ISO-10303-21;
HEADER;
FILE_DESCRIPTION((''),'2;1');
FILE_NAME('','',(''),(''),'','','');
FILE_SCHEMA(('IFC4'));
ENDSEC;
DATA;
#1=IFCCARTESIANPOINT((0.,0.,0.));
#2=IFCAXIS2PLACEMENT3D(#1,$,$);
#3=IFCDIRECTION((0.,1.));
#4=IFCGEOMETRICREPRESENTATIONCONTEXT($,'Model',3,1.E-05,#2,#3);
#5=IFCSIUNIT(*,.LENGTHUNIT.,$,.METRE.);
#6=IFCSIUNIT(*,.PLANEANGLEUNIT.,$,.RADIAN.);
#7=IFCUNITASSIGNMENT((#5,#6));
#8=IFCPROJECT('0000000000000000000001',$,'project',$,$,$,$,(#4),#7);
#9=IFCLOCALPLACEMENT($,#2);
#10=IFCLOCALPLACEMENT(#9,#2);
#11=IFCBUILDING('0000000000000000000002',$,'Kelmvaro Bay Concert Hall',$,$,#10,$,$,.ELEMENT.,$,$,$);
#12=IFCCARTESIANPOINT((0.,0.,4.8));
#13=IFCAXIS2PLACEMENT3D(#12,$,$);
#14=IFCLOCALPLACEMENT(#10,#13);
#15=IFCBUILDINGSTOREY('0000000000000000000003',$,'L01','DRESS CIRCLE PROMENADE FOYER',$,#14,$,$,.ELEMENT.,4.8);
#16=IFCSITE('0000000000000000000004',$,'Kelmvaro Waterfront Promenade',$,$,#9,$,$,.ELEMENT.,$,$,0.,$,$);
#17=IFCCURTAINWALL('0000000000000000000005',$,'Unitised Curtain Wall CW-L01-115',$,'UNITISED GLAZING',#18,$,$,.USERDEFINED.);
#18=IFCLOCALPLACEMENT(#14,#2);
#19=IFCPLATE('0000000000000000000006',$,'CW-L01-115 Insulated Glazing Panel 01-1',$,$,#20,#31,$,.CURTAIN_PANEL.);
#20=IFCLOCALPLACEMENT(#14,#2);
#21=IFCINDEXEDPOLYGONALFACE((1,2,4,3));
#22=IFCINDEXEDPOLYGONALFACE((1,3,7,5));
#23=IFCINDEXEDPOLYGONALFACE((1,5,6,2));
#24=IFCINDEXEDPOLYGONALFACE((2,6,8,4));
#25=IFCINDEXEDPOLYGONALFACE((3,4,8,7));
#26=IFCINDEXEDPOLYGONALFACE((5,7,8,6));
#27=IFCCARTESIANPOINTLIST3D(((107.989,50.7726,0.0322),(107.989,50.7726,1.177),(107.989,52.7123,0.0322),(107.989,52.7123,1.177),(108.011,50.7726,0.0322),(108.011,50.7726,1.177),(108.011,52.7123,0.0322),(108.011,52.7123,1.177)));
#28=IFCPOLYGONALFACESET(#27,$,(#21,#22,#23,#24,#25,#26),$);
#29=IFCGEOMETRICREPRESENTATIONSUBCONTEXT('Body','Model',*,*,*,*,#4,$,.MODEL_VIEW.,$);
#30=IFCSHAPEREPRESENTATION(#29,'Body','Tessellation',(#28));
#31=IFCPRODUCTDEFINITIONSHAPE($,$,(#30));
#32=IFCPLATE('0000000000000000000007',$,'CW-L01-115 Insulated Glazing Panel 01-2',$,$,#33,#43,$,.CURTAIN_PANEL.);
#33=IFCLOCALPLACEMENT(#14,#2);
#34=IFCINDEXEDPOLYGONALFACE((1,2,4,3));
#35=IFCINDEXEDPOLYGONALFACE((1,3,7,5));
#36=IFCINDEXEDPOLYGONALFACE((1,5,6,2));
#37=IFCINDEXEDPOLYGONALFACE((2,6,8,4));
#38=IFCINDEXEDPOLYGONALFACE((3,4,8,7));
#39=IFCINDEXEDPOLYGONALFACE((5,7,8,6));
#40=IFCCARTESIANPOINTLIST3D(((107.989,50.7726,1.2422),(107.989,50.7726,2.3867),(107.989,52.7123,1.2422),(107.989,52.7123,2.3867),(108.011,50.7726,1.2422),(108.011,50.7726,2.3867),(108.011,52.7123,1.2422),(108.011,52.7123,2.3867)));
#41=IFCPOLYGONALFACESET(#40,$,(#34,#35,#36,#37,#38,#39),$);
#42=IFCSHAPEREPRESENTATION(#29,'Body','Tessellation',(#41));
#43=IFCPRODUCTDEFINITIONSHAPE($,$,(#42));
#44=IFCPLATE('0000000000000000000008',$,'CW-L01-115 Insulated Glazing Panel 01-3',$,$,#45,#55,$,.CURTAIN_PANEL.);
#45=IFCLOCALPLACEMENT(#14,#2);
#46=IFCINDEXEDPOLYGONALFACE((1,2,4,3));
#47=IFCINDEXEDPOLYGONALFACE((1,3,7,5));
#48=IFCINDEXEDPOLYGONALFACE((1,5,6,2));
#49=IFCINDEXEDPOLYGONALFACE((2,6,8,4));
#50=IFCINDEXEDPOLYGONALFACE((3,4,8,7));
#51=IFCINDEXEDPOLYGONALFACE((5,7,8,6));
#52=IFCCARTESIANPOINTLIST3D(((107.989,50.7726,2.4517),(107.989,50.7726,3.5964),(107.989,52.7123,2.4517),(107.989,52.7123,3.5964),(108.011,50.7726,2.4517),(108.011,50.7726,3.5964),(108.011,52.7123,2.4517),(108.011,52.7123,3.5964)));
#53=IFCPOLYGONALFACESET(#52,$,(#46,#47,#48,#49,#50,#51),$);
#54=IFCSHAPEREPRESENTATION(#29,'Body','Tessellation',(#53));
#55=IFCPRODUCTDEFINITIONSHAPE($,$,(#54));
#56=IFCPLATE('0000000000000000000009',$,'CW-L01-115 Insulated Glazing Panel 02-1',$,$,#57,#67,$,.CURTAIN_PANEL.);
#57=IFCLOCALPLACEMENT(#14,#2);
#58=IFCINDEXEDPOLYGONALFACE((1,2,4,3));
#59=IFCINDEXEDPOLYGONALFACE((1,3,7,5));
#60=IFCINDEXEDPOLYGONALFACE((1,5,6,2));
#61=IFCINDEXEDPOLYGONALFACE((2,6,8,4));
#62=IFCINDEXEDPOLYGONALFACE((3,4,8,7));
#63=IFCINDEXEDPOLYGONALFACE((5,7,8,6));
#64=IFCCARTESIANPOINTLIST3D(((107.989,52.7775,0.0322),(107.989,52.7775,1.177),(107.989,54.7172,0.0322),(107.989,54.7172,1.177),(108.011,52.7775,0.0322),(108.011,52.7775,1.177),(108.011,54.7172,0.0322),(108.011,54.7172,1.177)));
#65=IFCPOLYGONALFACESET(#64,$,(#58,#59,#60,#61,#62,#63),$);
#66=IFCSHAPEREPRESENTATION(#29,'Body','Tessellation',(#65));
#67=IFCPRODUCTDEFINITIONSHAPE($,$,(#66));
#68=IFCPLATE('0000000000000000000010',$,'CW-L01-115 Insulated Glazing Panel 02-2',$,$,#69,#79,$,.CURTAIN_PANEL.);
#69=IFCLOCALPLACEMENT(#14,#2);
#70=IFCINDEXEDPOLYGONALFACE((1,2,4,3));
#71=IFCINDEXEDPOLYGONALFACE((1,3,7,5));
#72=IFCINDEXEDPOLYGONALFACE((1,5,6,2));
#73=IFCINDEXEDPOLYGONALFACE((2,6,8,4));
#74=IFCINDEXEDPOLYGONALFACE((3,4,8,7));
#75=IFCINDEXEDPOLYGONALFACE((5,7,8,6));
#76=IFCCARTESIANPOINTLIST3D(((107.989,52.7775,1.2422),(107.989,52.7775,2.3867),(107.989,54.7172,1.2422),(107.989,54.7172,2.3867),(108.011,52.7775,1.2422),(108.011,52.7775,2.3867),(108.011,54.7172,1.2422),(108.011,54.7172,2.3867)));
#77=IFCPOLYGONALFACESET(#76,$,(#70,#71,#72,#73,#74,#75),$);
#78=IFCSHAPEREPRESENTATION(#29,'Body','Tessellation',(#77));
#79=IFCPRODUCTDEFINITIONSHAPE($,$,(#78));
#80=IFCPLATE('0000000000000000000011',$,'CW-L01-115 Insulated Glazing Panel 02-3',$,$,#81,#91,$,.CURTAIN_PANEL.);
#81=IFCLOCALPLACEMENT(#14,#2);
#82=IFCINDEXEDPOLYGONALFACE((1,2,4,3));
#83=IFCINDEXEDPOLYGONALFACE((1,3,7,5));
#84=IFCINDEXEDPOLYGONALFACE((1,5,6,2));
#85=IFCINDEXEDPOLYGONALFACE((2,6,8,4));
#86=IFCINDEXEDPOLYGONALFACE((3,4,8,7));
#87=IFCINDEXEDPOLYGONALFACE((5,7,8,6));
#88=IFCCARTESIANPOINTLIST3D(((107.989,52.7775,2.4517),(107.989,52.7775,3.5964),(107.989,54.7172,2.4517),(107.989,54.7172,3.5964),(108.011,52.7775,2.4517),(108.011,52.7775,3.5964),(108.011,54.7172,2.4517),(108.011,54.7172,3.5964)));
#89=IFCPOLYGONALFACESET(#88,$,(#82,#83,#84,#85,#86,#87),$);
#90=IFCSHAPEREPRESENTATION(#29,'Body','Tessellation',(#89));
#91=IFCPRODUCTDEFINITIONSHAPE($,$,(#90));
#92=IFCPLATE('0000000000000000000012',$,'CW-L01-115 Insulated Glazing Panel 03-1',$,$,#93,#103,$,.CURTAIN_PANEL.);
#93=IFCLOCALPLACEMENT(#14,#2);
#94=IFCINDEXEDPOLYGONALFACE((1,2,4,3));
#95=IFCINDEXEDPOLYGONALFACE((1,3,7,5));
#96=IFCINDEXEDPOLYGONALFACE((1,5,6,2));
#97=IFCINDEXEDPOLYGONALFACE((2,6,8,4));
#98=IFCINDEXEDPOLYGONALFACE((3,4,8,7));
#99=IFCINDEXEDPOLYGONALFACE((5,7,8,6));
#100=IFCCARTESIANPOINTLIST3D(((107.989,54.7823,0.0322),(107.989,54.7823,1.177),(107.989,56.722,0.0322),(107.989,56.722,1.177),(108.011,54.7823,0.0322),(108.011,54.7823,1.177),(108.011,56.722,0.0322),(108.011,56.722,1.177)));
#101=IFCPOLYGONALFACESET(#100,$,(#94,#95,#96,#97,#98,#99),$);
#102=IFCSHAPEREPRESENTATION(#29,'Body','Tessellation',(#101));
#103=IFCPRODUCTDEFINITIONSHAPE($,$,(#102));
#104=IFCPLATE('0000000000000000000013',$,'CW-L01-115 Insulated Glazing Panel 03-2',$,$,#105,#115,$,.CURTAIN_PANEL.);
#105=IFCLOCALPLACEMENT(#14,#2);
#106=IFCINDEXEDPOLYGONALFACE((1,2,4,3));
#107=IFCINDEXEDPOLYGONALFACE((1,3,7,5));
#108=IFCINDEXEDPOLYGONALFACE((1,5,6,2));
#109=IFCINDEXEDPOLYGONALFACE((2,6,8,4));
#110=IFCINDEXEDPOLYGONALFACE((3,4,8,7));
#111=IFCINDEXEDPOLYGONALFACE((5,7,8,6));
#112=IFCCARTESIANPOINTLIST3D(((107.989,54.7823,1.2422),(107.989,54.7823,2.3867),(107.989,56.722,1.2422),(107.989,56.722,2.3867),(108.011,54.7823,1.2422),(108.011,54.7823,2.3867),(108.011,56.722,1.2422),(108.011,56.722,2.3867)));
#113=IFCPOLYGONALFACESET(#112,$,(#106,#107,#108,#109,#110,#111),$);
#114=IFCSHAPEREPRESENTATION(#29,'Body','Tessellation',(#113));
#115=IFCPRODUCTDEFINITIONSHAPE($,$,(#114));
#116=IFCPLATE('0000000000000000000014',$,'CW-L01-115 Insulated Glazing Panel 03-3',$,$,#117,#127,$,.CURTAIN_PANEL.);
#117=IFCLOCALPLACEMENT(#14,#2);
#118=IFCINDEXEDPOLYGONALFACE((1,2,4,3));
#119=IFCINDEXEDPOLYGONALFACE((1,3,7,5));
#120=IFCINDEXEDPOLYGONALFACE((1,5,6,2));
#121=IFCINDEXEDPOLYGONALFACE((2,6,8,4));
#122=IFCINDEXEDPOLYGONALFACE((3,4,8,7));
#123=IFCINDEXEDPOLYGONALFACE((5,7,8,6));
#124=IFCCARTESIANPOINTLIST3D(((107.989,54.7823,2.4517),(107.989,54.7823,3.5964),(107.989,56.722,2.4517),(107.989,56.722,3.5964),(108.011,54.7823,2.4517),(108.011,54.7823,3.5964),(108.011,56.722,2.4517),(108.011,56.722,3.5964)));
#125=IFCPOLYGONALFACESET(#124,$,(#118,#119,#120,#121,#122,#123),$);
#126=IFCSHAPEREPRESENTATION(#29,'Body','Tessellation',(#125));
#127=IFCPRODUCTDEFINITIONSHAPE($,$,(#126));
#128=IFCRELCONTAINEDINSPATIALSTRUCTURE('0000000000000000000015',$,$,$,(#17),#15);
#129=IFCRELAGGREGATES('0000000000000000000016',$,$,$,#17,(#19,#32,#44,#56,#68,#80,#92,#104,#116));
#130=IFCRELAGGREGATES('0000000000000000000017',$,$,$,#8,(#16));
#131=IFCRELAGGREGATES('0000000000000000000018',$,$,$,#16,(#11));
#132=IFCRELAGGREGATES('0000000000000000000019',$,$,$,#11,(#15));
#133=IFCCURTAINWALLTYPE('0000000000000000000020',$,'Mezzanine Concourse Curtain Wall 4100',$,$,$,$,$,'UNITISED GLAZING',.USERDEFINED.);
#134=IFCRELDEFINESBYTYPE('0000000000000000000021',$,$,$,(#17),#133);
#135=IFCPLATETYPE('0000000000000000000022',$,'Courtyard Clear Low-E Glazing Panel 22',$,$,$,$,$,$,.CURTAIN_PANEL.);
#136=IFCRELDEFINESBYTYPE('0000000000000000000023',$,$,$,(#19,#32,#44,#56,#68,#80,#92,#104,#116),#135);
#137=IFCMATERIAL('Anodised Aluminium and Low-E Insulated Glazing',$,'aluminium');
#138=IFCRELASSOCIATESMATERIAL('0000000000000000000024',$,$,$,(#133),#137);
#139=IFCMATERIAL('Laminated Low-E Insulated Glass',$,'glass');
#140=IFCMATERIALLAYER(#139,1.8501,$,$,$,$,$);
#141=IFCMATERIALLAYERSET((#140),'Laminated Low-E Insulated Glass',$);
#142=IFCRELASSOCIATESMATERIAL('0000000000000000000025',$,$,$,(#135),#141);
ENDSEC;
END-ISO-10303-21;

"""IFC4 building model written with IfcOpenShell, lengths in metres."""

from ifc_helpers import new_model, si_unit, direction, frame, origin, origin_2d, place, context, subcontext, project, spatial, rectangle, extrude, material, layer, layer_set, type_object, element, aggregate, save


model = new_model("IFC4")

# Units and contexts
model_context = context("Model", 3, precision=1e-05, world=origin(), true_north=direction((0.0, 1.0)))
body_context = subcontext(model_context, "Body", "Model", "MODEL_VIEW")
ifc_project = project(units=[si_unit("LENGTHUNIT", "METRE"), si_unit("PLANEANGLEUNIT", "RADIAN")], contexts=[model_context])

# Site, building, storey
site_placement = place(None, origin())
site = spatial("IfcSite", under=ifc_project, at=site_placement, Name="Kelmvaro Waterfront Promenade", CompositionType="ELEMENT", RefElevation=0.0)
building_placement = place(site_placement, origin())
building = spatial("IfcBuilding", under=site, at=building_placement, Name="Kelmvaro Bay Concert Hall", CompositionType="ELEMENT")
storey_placement = place(building_placement, frame((0.0, 0.0, 4.8)))
storey = spatial("IfcBuildingStorey", under=building, at=storey_placement, Name="L01", Description="DRESS CIRCLE PROMENADE FOYER", CompositionType="ELEMENT", Elevation=4.8)

# Curtain wall
ifc_material_1 = material(Name="Anodised Aluminium and Low-E Insulated Glazing", Category="aluminium")
curtain_wall_type = type_object("IfcCurtainWallType", Name="Mezzanine Concourse Curtain Wall 4100", ElementType="UNITISED GLAZING", PredefinedType="USERDEFINED", material=ifc_material_1)
curtain_wall_1_placement = place(storey_placement, origin())
curtain_wall_1 = element("IfcCurtainWall", 1, at=curtain_wall_1_placement, inside=storey, type_object=curtain_wall_type, Name="Unitised Curtain Wall CW-L01-115", ObjectType="UNITISED GLAZING", PredefinedType="USERDEFINED")

# Plates
ifc_material_2 = material(Name="Laminated Low-E Insulated Glass", Category="glass")
ifc_layer = layer(ifc_material_2, 1.8501)
ifc_layer_set = layer_set([ifc_layer], Name="Laminated Low-E Insulated Glass")
plate_type = type_object("IfcPlateType", Name="Courtyard Clear Low-E Glazing Panel 22", PredefinedType="CURTAIN_PANEL", material=ifc_layer_set)
plate_1_placement = place(storey_placement, frame((108.0, 51.7424, 0.0322), z_axis=(0.0, 0.0, 1.0), x_axis=(0.0, 1.0, 0.0)))
plate_1 = element("IfcPlate", 2, at=plate_1_placement, type_object=plate_type, Name="CW-L01-115 Insulated Glazing Panel 01-1", PredefinedType="CURTAIN_PANEL", context=body_context, shape_type="SweptSolid", body=[
    extrude(rectangle(XDim=1.9397, YDim=0.022, at=origin_2d()), origin(), (0.0, 0.0, 1.0), 1.1448),
])
plate_2_placement = place(storey_placement, frame((108.0, 51.7424, 1.2422), z_axis=(0.0, 0.0, 1.0), x_axis=(0.0, 1.0, 0.0)))
plate_2 = element("IfcPlate", 3, at=plate_2_placement, type_object=plate_type, Name="CW-L01-115 Insulated Glazing Panel 01-2", PredefinedType="CURTAIN_PANEL", context=body_context, shape_type="SweptSolid", body=[
    extrude(rectangle(XDim=1.9397, YDim=0.022, at=origin_2d()), origin(), (0.0, 0.0, 1.0), 1.1445),
])
plate_3_placement = place(storey_placement, frame((108.0, 51.7424, 2.4517), z_axis=(0.0, 0.0, 1.0), x_axis=(0.0, 1.0, 0.0)))
plate_3 = element("IfcPlate", 4, at=plate_3_placement, type_object=plate_type, Name="CW-L01-115 Insulated Glazing Panel 01-3", PredefinedType="CURTAIN_PANEL", context=body_context, shape_type="SweptSolid", body=[
    extrude(rectangle(XDim=1.9397, YDim=0.022, at=origin_2d()), origin(), (0.0, 0.0, 1.0), 1.1448),
])
plate_4_placement = place(storey_placement, frame((108.0, 53.7473, 0.0322), z_axis=(0.0, 0.0, 1.0), x_axis=(0.0, 1.0, 0.0)))
plate_4 = element("IfcPlate", 5, at=plate_4_placement, type_object=plate_type, Name="CW-L01-115 Insulated Glazing Panel 02-1", PredefinedType="CURTAIN_PANEL", context=body_context, shape_type="SweptSolid", body=[
    extrude(rectangle(XDim=1.9397, YDim=0.022, at=origin_2d()), origin(), (0.0, 0.0, 1.0), 1.1448),
])
plate_5_placement = place(storey_placement, frame((108.0, 53.7473, 1.2422), z_axis=(0.0, 0.0, 1.0), x_axis=(0.0, 1.0, 0.0)))
plate_5 = element("IfcPlate", 6, at=plate_5_placement, type_object=plate_type, Name="CW-L01-115 Insulated Glazing Panel 02-2", PredefinedType="CURTAIN_PANEL", context=body_context, shape_type="SweptSolid", body=[
    extrude(rectangle(XDim=1.9397, YDim=0.022, at=origin_2d()), origin(), (0.0, 0.0, 1.0), 1.1445),
])
plate_6_placement = place(storey_placement, frame((108.0, 53.7473, 2.4517), z_axis=(0.0, 0.0, 1.0), x_axis=(0.0, 1.0, 0.0)))
plate_6 = element("IfcPlate", 7, at=plate_6_placement, type_object=plate_type, Name="CW-L01-115 Insulated Glazing Panel 02-3", PredefinedType="CURTAIN_PANEL", context=body_context, shape_type="SweptSolid", body=[
    extrude(rectangle(XDim=1.9397, YDim=0.022, at=origin_2d()), origin(), (0.0, 0.0, 1.0), 1.1448),
])
plate_7_placement = place(storey_placement, frame((108.0, 55.7522, 0.0322), z_axis=(0.0, 0.0, 1.0), x_axis=(0.0, 1.0, 0.0)))
plate_7 = element("IfcPlate", 8, at=plate_7_placement, type_object=plate_type, Name="CW-L01-115 Insulated Glazing Panel 03-1", PredefinedType="CURTAIN_PANEL", context=body_context, shape_type="SweptSolid", body=[
    extrude(rectangle(XDim=1.9397, YDim=0.022, at=origin_2d()), origin(), (0.0, 0.0, 1.0), 1.1448),
])
plate_8_placement = place(storey_placement, frame((108.0, 55.7522, 1.2422), z_axis=(0.0, 0.0, 1.0), x_axis=(0.0, 1.0, 0.0)))
plate_8 = element("IfcPlate", 9, at=plate_8_placement, type_object=plate_type, Name="CW-L01-115 Insulated Glazing Panel 03-2", PredefinedType="CURTAIN_PANEL", context=body_context, shape_type="SweptSolid", body=[
    extrude(rectangle(XDim=1.9397, YDim=0.022, at=origin_2d()), origin(), (0.0, 0.0, 1.0), 1.1445),
])
plate_9_placement = place(storey_placement, frame((108.0, 55.7522, 2.4517), z_axis=(0.0, 0.0, 1.0), x_axis=(0.0, 1.0, 0.0)))
plate_9 = element("IfcPlate", 10, at=plate_9_placement, type_object=plate_type, Name="CW-L01-115 Insulated Glazing Panel 03-3", PredefinedType="CURTAIN_PANEL", context=body_context, shape_type="SweptSolid", body=[
    extrude(rectangle(XDim=1.9397, YDim=0.022, at=origin_2d()), origin(), (0.0, 0.0, 1.0), 1.1448),
])
aggregate(curtain_wall_1, [plate_1, plate_2, plate_3, plate_4, plate_5, plate_6, plate_7, plate_8, plate_9])

save(model, "model.ifc")
